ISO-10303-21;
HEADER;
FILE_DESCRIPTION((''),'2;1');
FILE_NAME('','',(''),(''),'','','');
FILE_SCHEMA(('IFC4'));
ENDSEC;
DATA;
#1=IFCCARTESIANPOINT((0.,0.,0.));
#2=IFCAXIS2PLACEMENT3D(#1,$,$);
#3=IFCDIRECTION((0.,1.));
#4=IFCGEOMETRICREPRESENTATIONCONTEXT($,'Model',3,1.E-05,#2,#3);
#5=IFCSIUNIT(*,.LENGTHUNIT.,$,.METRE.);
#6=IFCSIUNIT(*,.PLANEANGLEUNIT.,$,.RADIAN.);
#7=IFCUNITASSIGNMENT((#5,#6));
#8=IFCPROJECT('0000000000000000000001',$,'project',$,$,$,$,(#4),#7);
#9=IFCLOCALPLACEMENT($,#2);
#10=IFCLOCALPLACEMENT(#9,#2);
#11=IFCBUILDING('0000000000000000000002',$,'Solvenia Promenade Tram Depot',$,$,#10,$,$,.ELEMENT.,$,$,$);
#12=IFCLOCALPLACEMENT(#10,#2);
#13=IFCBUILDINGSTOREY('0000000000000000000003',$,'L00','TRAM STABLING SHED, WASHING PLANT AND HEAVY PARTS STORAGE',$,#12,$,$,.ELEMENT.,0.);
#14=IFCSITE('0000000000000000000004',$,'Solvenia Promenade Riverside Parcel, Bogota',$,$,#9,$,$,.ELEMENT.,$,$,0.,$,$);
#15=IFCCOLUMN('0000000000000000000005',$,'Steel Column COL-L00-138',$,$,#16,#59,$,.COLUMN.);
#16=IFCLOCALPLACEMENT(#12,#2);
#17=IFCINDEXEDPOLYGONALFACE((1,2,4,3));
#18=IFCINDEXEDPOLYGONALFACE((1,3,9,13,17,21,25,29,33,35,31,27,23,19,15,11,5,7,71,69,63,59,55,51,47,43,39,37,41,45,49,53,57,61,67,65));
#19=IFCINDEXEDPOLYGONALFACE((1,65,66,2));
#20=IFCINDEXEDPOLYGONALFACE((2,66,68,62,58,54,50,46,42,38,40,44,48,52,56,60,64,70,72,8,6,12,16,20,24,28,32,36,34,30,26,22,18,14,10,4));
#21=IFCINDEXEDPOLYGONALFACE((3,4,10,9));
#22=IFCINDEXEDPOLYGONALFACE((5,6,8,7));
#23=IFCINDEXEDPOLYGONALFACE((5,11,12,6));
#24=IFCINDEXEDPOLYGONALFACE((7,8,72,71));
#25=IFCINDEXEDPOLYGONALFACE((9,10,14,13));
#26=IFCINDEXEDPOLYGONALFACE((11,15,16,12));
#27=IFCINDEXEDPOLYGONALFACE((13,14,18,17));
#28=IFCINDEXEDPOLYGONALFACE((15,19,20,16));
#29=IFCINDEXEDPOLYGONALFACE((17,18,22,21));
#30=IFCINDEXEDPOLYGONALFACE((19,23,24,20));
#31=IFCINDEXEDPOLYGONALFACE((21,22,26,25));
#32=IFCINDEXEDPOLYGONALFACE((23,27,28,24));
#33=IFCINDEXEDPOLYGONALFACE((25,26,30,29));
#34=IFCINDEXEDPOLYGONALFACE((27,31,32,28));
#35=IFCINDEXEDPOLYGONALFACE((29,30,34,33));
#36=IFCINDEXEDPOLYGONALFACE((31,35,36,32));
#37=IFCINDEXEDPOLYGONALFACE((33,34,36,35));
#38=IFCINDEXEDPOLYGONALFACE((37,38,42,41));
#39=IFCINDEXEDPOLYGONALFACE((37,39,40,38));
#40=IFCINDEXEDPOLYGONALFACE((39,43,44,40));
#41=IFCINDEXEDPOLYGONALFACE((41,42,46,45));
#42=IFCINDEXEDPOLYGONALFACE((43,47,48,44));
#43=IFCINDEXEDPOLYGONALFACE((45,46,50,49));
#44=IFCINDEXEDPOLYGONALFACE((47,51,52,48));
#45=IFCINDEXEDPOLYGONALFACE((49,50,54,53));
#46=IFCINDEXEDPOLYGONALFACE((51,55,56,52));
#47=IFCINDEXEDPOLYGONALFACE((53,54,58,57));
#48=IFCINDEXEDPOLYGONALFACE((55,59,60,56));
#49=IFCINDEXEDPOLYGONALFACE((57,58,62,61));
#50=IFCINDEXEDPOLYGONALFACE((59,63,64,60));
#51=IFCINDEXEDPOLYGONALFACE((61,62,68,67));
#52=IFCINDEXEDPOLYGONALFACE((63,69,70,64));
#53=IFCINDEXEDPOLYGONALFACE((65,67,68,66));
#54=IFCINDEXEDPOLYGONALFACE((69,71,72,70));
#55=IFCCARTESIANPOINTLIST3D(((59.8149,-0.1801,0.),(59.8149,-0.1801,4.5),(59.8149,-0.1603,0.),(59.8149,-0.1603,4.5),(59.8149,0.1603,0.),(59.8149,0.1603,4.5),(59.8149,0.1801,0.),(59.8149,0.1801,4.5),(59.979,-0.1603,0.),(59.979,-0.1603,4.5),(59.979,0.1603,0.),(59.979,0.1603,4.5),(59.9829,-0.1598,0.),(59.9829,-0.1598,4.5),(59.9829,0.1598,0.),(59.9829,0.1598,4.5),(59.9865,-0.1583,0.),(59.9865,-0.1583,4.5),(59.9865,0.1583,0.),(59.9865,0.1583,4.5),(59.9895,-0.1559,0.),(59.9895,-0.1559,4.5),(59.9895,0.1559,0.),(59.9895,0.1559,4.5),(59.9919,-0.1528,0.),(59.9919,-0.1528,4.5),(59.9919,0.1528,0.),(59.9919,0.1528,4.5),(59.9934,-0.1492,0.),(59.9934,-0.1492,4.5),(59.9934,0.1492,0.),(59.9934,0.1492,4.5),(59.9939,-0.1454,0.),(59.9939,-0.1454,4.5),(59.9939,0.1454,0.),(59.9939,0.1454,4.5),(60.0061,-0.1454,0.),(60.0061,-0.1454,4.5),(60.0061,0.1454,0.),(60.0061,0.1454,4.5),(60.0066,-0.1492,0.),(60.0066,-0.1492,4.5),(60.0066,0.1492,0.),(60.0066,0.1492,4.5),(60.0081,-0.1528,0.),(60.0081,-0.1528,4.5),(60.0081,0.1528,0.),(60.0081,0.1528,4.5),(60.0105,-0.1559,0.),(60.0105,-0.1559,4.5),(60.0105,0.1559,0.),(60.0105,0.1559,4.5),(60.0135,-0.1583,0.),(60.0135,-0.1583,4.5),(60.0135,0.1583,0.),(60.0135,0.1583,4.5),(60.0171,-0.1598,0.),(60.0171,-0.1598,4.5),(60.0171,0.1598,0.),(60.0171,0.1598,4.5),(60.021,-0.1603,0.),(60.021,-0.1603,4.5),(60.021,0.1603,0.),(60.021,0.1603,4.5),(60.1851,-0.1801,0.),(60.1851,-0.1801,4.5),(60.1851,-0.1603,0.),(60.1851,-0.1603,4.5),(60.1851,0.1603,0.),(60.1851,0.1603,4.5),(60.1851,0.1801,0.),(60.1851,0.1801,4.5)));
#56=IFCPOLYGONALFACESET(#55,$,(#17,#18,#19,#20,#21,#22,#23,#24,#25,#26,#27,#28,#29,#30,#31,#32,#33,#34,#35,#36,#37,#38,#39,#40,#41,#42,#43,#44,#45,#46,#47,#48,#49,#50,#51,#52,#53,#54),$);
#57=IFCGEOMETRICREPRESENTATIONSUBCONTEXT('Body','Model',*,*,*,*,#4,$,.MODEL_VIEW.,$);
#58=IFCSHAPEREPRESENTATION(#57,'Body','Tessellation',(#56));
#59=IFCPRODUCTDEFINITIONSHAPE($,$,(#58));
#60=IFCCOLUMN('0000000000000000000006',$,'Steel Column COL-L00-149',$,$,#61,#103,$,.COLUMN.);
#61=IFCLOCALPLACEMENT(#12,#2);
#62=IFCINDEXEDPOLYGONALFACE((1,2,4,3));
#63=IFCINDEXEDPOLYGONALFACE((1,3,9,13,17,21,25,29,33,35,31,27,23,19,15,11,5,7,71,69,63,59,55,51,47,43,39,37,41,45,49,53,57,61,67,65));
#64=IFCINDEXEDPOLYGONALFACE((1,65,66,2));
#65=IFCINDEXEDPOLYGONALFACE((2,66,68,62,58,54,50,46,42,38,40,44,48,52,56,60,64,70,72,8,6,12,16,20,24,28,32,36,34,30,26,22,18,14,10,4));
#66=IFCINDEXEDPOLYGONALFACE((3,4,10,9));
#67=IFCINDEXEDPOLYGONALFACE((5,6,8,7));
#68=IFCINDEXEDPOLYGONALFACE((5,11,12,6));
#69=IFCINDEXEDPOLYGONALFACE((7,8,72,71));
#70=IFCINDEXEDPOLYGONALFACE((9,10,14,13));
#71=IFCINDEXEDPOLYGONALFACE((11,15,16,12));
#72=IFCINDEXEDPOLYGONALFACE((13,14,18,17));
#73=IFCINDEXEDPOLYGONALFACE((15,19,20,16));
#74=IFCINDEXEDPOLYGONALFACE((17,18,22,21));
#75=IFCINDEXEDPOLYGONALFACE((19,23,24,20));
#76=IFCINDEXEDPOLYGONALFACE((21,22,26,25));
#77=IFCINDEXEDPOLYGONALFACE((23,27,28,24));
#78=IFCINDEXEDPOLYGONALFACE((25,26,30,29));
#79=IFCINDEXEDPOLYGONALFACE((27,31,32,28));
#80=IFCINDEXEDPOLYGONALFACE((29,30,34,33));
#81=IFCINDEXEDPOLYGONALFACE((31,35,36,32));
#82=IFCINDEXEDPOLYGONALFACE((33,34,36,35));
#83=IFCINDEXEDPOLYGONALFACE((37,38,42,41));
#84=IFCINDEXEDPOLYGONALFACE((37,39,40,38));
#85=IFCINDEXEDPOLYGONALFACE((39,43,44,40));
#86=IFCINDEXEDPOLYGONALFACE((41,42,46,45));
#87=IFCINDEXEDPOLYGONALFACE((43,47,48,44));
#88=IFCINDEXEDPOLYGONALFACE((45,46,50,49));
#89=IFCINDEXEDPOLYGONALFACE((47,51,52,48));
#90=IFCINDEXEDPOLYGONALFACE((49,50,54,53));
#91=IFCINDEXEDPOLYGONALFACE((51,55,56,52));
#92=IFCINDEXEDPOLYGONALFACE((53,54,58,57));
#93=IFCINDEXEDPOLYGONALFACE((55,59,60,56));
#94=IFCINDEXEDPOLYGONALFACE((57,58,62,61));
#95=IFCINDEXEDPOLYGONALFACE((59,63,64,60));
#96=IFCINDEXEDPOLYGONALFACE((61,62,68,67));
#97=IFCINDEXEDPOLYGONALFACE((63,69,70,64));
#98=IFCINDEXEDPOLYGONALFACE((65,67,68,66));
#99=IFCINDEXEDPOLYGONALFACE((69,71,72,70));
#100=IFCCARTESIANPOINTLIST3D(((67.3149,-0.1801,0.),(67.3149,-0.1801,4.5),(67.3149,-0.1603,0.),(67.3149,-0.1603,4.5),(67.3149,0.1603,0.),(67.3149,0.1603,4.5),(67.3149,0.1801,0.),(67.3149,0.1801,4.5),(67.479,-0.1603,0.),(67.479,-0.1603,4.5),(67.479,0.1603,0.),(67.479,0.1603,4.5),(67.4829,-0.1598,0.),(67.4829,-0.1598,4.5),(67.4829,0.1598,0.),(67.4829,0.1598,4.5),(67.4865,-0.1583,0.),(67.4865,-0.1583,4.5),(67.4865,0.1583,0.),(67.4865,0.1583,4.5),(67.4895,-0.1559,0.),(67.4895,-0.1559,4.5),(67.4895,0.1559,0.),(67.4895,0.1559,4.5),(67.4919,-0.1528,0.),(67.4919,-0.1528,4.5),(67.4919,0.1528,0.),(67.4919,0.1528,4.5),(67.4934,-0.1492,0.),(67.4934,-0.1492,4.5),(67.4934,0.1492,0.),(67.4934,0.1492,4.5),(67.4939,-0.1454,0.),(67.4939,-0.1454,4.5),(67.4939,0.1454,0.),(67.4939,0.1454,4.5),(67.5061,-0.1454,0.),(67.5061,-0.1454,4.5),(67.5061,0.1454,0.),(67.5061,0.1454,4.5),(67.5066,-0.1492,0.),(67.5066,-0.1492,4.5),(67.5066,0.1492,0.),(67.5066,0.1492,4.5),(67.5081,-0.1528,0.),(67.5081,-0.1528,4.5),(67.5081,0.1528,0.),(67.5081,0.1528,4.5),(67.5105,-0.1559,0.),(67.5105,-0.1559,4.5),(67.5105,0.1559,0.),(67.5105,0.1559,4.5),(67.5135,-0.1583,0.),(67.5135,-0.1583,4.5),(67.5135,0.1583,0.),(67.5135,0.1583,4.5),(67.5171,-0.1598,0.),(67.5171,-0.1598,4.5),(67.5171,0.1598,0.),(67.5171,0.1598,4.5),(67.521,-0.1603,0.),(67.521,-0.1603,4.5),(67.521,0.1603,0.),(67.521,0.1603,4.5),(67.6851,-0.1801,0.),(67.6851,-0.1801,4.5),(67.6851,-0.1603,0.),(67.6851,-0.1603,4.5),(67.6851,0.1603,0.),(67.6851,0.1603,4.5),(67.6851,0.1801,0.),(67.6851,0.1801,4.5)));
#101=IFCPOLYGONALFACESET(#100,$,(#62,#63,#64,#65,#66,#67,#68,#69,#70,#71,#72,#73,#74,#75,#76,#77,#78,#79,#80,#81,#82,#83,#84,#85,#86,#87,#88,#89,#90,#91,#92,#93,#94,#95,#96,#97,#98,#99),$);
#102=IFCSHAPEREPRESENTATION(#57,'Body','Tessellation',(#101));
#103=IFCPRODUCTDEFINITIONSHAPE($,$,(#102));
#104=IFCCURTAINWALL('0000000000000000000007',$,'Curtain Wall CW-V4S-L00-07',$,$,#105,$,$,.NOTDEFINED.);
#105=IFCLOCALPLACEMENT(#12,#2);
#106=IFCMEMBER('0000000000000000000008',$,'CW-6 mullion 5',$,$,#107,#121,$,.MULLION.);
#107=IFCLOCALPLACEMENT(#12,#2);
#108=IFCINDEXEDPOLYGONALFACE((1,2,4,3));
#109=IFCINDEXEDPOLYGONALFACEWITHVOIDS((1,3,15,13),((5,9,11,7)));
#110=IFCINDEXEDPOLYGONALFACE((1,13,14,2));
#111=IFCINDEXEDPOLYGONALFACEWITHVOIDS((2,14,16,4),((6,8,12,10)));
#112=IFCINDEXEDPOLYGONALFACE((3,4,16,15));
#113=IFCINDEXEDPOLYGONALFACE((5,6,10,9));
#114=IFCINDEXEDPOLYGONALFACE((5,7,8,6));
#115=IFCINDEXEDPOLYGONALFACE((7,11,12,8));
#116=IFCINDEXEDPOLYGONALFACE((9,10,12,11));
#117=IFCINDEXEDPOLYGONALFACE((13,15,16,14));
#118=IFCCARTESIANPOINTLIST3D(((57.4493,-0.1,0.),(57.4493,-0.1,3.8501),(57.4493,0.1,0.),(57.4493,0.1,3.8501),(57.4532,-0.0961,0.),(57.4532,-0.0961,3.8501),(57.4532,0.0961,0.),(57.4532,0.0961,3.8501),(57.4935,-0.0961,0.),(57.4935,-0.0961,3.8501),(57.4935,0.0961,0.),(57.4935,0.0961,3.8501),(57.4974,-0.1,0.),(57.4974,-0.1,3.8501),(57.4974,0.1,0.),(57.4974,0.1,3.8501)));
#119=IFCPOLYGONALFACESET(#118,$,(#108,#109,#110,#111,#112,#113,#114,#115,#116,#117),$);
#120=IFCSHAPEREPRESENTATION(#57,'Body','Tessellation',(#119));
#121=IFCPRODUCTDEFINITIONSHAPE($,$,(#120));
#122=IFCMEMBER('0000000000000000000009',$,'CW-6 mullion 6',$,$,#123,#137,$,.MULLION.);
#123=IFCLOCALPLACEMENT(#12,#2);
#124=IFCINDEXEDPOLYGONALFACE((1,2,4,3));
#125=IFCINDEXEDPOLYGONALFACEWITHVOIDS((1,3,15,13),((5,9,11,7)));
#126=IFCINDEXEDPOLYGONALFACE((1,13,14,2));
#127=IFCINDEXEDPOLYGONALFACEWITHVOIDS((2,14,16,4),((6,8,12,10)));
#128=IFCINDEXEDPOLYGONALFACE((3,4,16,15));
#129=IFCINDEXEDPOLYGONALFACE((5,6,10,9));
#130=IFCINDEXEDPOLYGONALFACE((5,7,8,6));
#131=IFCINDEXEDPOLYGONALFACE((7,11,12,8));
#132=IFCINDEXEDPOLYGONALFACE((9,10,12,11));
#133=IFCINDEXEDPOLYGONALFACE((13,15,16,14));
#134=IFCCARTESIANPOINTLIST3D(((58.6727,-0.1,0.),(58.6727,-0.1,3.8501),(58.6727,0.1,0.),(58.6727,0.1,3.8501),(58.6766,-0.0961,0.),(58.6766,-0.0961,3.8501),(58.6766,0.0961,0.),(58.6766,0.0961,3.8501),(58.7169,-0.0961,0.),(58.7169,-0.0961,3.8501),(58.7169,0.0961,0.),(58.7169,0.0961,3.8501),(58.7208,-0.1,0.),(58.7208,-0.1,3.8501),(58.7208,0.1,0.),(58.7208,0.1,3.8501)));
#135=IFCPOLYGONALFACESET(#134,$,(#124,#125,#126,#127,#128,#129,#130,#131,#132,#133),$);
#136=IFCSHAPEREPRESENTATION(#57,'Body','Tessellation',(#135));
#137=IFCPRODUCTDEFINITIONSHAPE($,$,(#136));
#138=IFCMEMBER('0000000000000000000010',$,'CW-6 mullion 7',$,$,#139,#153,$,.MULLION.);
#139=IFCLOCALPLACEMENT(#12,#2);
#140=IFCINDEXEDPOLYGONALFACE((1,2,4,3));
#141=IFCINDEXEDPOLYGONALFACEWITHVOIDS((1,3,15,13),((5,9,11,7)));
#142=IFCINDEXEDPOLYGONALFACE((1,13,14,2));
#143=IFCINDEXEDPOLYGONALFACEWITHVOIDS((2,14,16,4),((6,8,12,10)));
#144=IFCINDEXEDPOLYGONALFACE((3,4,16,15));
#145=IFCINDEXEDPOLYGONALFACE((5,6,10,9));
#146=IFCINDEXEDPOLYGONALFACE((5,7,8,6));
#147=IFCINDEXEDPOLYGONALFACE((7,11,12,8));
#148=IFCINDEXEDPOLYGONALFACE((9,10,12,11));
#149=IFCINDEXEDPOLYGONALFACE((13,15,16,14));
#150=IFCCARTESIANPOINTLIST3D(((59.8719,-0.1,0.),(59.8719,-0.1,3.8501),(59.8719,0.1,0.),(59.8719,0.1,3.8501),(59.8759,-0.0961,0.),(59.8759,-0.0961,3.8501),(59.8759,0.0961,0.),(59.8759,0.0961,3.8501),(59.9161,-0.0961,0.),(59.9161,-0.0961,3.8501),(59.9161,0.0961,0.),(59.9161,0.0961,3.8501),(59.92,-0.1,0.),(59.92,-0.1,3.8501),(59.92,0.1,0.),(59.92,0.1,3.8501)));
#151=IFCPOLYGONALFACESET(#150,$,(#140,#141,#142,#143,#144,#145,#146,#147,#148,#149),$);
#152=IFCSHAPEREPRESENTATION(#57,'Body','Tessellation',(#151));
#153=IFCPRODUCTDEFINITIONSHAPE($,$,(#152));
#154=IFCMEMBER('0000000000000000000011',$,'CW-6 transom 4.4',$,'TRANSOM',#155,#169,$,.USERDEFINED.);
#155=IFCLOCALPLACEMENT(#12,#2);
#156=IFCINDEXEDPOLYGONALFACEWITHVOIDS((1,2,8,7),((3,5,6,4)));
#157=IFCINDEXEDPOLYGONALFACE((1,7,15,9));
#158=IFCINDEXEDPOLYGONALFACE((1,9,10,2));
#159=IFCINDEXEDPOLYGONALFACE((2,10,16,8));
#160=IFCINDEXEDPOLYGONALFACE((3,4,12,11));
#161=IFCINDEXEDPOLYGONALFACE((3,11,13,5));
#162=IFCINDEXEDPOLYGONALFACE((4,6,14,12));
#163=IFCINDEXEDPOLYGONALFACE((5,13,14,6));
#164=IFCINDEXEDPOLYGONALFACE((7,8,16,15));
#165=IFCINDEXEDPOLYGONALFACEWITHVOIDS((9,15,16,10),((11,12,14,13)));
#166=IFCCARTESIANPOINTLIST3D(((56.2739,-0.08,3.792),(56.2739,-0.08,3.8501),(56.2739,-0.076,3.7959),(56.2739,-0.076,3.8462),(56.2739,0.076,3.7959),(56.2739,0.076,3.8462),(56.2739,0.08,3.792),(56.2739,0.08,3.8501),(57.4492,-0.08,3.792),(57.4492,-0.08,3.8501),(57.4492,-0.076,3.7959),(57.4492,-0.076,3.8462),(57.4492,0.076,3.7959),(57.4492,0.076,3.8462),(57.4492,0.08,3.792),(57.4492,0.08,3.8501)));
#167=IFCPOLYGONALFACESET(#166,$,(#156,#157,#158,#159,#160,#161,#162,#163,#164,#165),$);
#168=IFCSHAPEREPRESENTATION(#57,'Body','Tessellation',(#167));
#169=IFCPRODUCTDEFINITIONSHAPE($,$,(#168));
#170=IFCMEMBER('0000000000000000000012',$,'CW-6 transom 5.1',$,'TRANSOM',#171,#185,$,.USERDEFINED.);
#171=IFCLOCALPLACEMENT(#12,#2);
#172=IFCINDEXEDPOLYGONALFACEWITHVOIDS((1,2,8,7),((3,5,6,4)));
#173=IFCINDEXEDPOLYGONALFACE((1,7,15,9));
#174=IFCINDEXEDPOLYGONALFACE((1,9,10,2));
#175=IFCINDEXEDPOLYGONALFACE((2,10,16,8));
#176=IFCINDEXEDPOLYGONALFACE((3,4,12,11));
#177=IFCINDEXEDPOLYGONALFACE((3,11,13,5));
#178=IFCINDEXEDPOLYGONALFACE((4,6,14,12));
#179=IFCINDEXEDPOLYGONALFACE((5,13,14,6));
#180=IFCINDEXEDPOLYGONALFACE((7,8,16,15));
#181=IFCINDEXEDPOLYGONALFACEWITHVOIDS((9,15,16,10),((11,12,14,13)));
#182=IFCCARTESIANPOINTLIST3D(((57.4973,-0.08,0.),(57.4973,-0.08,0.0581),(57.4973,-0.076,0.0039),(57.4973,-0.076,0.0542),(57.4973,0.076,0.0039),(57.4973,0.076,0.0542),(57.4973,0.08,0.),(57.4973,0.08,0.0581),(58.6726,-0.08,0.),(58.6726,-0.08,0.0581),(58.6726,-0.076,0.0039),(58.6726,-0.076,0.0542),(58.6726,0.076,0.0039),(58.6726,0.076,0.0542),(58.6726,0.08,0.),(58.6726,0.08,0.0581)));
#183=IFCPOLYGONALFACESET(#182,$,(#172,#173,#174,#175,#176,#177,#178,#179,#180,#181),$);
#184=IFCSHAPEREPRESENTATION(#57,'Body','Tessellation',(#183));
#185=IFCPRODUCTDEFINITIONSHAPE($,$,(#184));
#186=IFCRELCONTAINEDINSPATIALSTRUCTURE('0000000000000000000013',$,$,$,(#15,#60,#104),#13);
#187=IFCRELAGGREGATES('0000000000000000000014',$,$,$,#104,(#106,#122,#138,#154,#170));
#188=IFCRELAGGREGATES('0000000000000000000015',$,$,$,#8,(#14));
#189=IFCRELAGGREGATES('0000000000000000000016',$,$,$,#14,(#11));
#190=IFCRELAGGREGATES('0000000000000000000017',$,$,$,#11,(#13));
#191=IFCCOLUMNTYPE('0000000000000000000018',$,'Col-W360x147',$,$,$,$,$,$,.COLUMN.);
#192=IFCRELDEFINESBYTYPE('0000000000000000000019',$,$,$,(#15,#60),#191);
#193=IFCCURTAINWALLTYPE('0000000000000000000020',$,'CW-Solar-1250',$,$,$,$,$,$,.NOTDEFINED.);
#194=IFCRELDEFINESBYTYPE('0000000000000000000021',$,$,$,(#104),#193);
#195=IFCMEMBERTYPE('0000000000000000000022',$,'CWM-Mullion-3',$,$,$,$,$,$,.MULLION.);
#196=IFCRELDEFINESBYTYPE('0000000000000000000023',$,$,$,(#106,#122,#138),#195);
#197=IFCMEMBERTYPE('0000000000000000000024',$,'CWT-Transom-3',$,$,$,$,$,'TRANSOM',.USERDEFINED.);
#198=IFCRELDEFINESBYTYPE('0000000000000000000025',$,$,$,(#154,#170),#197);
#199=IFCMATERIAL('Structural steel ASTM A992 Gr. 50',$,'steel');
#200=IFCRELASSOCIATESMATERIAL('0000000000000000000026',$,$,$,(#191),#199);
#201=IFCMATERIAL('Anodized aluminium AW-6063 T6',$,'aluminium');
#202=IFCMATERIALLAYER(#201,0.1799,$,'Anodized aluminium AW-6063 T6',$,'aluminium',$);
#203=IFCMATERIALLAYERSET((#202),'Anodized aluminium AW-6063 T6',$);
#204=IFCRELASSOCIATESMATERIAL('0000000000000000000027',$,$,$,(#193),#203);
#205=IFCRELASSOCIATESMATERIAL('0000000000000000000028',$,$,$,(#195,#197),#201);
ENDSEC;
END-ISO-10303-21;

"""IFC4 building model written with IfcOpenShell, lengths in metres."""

from ifc_helpers import new_model, si_unit, direction, frame, origin, origin_2d, place, context, subcontext, project, spatial, hollow_rectangle, i_section, extrude, material, layer, layer_set, material_profile, profile_set, type_object, element, aggregate, save


model = new_model("IFC4")

# Units and contexts
model_context = context("Model", 3, precision=1e-05, world=origin(), true_north=direction((0.0, 1.0)))
body_context = subcontext(model_context, "Body", "Model", "MODEL_VIEW")
ifc_project = project(units=[si_unit("LENGTHUNIT", "METRE"), si_unit("PLANEANGLEUNIT", "RADIAN")], contexts=[model_context])

# Site, building, storey
site_placement = place(None, origin())
site = spatial("IfcSite", under=ifc_project, at=site_placement, Name="Solvenia Promenade Riverside Parcel, Bogota", CompositionType="ELEMENT", RefElevation=0.0)
building_placement = place(site_placement, origin())
building = spatial("IfcBuilding", under=site, at=building_placement, Name="Solvenia Promenade Tram Depot", CompositionType="ELEMENT")
storey_placement = place(building_placement, origin())
storey = spatial("IfcBuildingStorey", under=building, at=storey_placement, Name="L00", Description="TRAM STABLING SHED, WASHING PLANT AND HEAVY PARTS STORAGE", CompositionType="ELEMENT", Elevation=0.0)

# Columns
ifc_material_1 = material(Name="Structural steel ASTM A992 Gr. 50", Category="steel")
ifc_material_profile_1 = material_profile(ifc_material_1, i_section(OverallWidth=0.3701, OverallDepth=0.3601, WebThickness=0.0122, FlangeThickness=0.0198, FilletRadius=0.0149, at=origin_2d()), Name="W360x147", Category="steel")
ifc_profile_set_1 = profile_set([ifc_material_profile_1], Name="Structural steel ASTM A992 Gr. 50")
column_type = type_object("IfcColumnType", Name="Col-W360x147", PredefinedType="COLUMN", material=ifc_profile_set_1)
for number, where, z_axis, x_axis, name in (
    (1, (60.0, 0.0, 0.0), (0.0, 0.0, 1.0), (1.0, 0.0, 0.0), "Steel Column COL-L00-138"),
    (2, (67.5, 0.0, 0.0), (0.0, 0.0, 1.0), (1.0, 0.0, 0.0), "Steel Column COL-L00-149"),
):
    element("IfcColumn", number, at=place(storey_placement, frame(where, z_axis=z_axis, x_axis=x_axis)), inside=storey, type_object=column_type, Name=name, PredefinedType="COLUMN", context=body_context, shape_type="SweptSolid", body=[
        extrude(i_section(OverallWidth=0.3701, OverallDepth=0.3601, WebThickness=0.0122, FlangeThickness=0.0198, FilletRadius=0.0149, at=origin_2d()), origin(), (0.0, 0.0, 1.0), 4.5),
    ])

# Curtain wall, members
ifc_material_2 = material(Name="Anodized aluminium AW-6063 T6", Category="aluminium")
ifc_layer_1 = layer(ifc_material_2, 0.1799, Name="Anodized aluminium AW-6063 T6", Category="aluminium")
ifc_layer_set_1 = layer_set([ifc_layer_1], Name="Anodized aluminium AW-6063 T6")
curtain_wall_type = type_object("IfcCurtainWallType", Name="CW-Solar-1250", PredefinedType="NOTDEFINED", material=ifc_layer_set_1)
curtain_wall_placement = place(storey_placement, origin())
curtain_wall = element("IfcCurtainWall", 3, at=curtain_wall_placement, inside=storey, type_object=curtain_wall_type, Name="Curtain Wall CW-V4S-L00-07", PredefinedType="NOTDEFINED")
ifc_material_profile_2 = material_profile(ifc_material_2, hollow_rectangle(XDim=0.2, YDim=0.0481, WallThickness=0.0039, at=origin_2d()), Name="ALU-M3", Category="aluminium")
ifc_profile_set_2 = profile_set([ifc_material_profile_2], Name="Anodized aluminium AW-6063 T6")
member_type_1 = type_object("IfcMemberType", Name="CWM-Mullion-3", PredefinedType="MULLION", material=ifc_profile_set_2)
member_1_placement = place(storey_placement, frame((57.4734, 0.0, 0.0), z_axis=(0.0, 0.0, 1.0), x_axis=(0.0, 1.0, 0.0)))
member_1 = element("IfcMember", 4, at=member_1_placement, type_object=member_type_1, Name="CW-6 mullion 5", PredefinedType="MULLION", context=body_context, shape_type="SweptSolid", body=[
    extrude(hollow_rectangle(XDim=0.2, YDim=0.0481, WallThickness=0.0039, at=origin_2d()), origin(), (0.0, 0.0, 1.0), 3.8501),
])
member_2_placement = place(storey_placement, frame((58.6968, 0.0, 0.0), z_axis=(0.0, 0.0, 1.0), x_axis=(0.0, 1.0, 0.0)))
member_2 = element("IfcMember", 5, at=member_2_placement, type_object=member_type_1, Name="CW-6 mullion 6", PredefinedType="MULLION", context=body_context, shape_type="SweptSolid", body=[
    extrude(hollow_rectangle(XDim=0.2, YDim=0.0481, WallThickness=0.0039, at=origin_2d()), origin(), (0.0, 0.0, 1.0), 3.8501),
])
member_3_placement = place(storey_placement, frame((59.896, 0.0, 0.0), z_axis=(0.0, 0.0, 1.0), x_axis=(0.0, 1.0, 0.0)))
member_3 = element("IfcMember", 6, at=member_3_placement, type_object=member_type_1, Name="CW-6 mullion 7", PredefinedType="MULLION", context=body_context, shape_type="SweptSolid", body=[
    extrude(hollow_rectangle(XDim=0.2, YDim=0.0481, WallThickness=0.0039, at=origin_2d()), origin(), (0.0, 0.0, 1.0), 3.8501),
])
ifc_material_profile_3 = material_profile(ifc_material_2, hollow_rectangle(XDim=0.1599, YDim=0.0581, WallThickness=0.0039, at=origin_2d()), Name="ALU-T3", Category="aluminium")
ifc_profile_set_3 = profile_set([ifc_material_profile_3], Name="Anodized aluminium AW-6063 T6")
member_type_2 = type_object("IfcMemberType", Name="CWT-Transom-3", ElementType="TRANSOM", PredefinedType="USERDEFINED", material=ifc_profile_set_3)
member_4_placement = place(storey_placement, frame((56.2739, 0.0, 3.821), z_axis=(1.0, 0.0, 0.0), x_axis=(0.0, 1.0, 0.0)))
member_4 = element("IfcMember", 7, at=member_4_placement, type_object=member_type_2, Name="CW-6 transom 4.4", ObjectType="TRANSOM", PredefinedType="USERDEFINED", context=body_context, shape_type="SweptSolid", body=[
    extrude(hollow_rectangle(XDim=0.1599, YDim=0.0581, WallThickness=0.0039, at=origin_2d()), origin(), (0.0, 0.0, 1.0), 1.1753),
])
member_5_placement = place(storey_placement, frame((57.4973, 0.0, 0.0291), z_axis=(1.0, 0.0, 0.0), x_axis=(0.0, 1.0, 0.0)))
member_5 = element("IfcMember", 8, at=member_5_placement, type_object=member_type_2, Name="CW-6 transom 5.1", ObjectType="TRANSOM", PredefinedType="USERDEFINED", context=body_context, shape_type="SweptSolid", body=[
    extrude(hollow_rectangle(XDim=0.1599, YDim=0.0581, WallThickness=0.0039, at=origin_2d()), origin(), (0.0, 0.0, 1.0), 1.1753),
])
aggregate(curtain_wall, [member_1, member_2, member_3, member_4, member_5])

save(model, "model.ifc")
